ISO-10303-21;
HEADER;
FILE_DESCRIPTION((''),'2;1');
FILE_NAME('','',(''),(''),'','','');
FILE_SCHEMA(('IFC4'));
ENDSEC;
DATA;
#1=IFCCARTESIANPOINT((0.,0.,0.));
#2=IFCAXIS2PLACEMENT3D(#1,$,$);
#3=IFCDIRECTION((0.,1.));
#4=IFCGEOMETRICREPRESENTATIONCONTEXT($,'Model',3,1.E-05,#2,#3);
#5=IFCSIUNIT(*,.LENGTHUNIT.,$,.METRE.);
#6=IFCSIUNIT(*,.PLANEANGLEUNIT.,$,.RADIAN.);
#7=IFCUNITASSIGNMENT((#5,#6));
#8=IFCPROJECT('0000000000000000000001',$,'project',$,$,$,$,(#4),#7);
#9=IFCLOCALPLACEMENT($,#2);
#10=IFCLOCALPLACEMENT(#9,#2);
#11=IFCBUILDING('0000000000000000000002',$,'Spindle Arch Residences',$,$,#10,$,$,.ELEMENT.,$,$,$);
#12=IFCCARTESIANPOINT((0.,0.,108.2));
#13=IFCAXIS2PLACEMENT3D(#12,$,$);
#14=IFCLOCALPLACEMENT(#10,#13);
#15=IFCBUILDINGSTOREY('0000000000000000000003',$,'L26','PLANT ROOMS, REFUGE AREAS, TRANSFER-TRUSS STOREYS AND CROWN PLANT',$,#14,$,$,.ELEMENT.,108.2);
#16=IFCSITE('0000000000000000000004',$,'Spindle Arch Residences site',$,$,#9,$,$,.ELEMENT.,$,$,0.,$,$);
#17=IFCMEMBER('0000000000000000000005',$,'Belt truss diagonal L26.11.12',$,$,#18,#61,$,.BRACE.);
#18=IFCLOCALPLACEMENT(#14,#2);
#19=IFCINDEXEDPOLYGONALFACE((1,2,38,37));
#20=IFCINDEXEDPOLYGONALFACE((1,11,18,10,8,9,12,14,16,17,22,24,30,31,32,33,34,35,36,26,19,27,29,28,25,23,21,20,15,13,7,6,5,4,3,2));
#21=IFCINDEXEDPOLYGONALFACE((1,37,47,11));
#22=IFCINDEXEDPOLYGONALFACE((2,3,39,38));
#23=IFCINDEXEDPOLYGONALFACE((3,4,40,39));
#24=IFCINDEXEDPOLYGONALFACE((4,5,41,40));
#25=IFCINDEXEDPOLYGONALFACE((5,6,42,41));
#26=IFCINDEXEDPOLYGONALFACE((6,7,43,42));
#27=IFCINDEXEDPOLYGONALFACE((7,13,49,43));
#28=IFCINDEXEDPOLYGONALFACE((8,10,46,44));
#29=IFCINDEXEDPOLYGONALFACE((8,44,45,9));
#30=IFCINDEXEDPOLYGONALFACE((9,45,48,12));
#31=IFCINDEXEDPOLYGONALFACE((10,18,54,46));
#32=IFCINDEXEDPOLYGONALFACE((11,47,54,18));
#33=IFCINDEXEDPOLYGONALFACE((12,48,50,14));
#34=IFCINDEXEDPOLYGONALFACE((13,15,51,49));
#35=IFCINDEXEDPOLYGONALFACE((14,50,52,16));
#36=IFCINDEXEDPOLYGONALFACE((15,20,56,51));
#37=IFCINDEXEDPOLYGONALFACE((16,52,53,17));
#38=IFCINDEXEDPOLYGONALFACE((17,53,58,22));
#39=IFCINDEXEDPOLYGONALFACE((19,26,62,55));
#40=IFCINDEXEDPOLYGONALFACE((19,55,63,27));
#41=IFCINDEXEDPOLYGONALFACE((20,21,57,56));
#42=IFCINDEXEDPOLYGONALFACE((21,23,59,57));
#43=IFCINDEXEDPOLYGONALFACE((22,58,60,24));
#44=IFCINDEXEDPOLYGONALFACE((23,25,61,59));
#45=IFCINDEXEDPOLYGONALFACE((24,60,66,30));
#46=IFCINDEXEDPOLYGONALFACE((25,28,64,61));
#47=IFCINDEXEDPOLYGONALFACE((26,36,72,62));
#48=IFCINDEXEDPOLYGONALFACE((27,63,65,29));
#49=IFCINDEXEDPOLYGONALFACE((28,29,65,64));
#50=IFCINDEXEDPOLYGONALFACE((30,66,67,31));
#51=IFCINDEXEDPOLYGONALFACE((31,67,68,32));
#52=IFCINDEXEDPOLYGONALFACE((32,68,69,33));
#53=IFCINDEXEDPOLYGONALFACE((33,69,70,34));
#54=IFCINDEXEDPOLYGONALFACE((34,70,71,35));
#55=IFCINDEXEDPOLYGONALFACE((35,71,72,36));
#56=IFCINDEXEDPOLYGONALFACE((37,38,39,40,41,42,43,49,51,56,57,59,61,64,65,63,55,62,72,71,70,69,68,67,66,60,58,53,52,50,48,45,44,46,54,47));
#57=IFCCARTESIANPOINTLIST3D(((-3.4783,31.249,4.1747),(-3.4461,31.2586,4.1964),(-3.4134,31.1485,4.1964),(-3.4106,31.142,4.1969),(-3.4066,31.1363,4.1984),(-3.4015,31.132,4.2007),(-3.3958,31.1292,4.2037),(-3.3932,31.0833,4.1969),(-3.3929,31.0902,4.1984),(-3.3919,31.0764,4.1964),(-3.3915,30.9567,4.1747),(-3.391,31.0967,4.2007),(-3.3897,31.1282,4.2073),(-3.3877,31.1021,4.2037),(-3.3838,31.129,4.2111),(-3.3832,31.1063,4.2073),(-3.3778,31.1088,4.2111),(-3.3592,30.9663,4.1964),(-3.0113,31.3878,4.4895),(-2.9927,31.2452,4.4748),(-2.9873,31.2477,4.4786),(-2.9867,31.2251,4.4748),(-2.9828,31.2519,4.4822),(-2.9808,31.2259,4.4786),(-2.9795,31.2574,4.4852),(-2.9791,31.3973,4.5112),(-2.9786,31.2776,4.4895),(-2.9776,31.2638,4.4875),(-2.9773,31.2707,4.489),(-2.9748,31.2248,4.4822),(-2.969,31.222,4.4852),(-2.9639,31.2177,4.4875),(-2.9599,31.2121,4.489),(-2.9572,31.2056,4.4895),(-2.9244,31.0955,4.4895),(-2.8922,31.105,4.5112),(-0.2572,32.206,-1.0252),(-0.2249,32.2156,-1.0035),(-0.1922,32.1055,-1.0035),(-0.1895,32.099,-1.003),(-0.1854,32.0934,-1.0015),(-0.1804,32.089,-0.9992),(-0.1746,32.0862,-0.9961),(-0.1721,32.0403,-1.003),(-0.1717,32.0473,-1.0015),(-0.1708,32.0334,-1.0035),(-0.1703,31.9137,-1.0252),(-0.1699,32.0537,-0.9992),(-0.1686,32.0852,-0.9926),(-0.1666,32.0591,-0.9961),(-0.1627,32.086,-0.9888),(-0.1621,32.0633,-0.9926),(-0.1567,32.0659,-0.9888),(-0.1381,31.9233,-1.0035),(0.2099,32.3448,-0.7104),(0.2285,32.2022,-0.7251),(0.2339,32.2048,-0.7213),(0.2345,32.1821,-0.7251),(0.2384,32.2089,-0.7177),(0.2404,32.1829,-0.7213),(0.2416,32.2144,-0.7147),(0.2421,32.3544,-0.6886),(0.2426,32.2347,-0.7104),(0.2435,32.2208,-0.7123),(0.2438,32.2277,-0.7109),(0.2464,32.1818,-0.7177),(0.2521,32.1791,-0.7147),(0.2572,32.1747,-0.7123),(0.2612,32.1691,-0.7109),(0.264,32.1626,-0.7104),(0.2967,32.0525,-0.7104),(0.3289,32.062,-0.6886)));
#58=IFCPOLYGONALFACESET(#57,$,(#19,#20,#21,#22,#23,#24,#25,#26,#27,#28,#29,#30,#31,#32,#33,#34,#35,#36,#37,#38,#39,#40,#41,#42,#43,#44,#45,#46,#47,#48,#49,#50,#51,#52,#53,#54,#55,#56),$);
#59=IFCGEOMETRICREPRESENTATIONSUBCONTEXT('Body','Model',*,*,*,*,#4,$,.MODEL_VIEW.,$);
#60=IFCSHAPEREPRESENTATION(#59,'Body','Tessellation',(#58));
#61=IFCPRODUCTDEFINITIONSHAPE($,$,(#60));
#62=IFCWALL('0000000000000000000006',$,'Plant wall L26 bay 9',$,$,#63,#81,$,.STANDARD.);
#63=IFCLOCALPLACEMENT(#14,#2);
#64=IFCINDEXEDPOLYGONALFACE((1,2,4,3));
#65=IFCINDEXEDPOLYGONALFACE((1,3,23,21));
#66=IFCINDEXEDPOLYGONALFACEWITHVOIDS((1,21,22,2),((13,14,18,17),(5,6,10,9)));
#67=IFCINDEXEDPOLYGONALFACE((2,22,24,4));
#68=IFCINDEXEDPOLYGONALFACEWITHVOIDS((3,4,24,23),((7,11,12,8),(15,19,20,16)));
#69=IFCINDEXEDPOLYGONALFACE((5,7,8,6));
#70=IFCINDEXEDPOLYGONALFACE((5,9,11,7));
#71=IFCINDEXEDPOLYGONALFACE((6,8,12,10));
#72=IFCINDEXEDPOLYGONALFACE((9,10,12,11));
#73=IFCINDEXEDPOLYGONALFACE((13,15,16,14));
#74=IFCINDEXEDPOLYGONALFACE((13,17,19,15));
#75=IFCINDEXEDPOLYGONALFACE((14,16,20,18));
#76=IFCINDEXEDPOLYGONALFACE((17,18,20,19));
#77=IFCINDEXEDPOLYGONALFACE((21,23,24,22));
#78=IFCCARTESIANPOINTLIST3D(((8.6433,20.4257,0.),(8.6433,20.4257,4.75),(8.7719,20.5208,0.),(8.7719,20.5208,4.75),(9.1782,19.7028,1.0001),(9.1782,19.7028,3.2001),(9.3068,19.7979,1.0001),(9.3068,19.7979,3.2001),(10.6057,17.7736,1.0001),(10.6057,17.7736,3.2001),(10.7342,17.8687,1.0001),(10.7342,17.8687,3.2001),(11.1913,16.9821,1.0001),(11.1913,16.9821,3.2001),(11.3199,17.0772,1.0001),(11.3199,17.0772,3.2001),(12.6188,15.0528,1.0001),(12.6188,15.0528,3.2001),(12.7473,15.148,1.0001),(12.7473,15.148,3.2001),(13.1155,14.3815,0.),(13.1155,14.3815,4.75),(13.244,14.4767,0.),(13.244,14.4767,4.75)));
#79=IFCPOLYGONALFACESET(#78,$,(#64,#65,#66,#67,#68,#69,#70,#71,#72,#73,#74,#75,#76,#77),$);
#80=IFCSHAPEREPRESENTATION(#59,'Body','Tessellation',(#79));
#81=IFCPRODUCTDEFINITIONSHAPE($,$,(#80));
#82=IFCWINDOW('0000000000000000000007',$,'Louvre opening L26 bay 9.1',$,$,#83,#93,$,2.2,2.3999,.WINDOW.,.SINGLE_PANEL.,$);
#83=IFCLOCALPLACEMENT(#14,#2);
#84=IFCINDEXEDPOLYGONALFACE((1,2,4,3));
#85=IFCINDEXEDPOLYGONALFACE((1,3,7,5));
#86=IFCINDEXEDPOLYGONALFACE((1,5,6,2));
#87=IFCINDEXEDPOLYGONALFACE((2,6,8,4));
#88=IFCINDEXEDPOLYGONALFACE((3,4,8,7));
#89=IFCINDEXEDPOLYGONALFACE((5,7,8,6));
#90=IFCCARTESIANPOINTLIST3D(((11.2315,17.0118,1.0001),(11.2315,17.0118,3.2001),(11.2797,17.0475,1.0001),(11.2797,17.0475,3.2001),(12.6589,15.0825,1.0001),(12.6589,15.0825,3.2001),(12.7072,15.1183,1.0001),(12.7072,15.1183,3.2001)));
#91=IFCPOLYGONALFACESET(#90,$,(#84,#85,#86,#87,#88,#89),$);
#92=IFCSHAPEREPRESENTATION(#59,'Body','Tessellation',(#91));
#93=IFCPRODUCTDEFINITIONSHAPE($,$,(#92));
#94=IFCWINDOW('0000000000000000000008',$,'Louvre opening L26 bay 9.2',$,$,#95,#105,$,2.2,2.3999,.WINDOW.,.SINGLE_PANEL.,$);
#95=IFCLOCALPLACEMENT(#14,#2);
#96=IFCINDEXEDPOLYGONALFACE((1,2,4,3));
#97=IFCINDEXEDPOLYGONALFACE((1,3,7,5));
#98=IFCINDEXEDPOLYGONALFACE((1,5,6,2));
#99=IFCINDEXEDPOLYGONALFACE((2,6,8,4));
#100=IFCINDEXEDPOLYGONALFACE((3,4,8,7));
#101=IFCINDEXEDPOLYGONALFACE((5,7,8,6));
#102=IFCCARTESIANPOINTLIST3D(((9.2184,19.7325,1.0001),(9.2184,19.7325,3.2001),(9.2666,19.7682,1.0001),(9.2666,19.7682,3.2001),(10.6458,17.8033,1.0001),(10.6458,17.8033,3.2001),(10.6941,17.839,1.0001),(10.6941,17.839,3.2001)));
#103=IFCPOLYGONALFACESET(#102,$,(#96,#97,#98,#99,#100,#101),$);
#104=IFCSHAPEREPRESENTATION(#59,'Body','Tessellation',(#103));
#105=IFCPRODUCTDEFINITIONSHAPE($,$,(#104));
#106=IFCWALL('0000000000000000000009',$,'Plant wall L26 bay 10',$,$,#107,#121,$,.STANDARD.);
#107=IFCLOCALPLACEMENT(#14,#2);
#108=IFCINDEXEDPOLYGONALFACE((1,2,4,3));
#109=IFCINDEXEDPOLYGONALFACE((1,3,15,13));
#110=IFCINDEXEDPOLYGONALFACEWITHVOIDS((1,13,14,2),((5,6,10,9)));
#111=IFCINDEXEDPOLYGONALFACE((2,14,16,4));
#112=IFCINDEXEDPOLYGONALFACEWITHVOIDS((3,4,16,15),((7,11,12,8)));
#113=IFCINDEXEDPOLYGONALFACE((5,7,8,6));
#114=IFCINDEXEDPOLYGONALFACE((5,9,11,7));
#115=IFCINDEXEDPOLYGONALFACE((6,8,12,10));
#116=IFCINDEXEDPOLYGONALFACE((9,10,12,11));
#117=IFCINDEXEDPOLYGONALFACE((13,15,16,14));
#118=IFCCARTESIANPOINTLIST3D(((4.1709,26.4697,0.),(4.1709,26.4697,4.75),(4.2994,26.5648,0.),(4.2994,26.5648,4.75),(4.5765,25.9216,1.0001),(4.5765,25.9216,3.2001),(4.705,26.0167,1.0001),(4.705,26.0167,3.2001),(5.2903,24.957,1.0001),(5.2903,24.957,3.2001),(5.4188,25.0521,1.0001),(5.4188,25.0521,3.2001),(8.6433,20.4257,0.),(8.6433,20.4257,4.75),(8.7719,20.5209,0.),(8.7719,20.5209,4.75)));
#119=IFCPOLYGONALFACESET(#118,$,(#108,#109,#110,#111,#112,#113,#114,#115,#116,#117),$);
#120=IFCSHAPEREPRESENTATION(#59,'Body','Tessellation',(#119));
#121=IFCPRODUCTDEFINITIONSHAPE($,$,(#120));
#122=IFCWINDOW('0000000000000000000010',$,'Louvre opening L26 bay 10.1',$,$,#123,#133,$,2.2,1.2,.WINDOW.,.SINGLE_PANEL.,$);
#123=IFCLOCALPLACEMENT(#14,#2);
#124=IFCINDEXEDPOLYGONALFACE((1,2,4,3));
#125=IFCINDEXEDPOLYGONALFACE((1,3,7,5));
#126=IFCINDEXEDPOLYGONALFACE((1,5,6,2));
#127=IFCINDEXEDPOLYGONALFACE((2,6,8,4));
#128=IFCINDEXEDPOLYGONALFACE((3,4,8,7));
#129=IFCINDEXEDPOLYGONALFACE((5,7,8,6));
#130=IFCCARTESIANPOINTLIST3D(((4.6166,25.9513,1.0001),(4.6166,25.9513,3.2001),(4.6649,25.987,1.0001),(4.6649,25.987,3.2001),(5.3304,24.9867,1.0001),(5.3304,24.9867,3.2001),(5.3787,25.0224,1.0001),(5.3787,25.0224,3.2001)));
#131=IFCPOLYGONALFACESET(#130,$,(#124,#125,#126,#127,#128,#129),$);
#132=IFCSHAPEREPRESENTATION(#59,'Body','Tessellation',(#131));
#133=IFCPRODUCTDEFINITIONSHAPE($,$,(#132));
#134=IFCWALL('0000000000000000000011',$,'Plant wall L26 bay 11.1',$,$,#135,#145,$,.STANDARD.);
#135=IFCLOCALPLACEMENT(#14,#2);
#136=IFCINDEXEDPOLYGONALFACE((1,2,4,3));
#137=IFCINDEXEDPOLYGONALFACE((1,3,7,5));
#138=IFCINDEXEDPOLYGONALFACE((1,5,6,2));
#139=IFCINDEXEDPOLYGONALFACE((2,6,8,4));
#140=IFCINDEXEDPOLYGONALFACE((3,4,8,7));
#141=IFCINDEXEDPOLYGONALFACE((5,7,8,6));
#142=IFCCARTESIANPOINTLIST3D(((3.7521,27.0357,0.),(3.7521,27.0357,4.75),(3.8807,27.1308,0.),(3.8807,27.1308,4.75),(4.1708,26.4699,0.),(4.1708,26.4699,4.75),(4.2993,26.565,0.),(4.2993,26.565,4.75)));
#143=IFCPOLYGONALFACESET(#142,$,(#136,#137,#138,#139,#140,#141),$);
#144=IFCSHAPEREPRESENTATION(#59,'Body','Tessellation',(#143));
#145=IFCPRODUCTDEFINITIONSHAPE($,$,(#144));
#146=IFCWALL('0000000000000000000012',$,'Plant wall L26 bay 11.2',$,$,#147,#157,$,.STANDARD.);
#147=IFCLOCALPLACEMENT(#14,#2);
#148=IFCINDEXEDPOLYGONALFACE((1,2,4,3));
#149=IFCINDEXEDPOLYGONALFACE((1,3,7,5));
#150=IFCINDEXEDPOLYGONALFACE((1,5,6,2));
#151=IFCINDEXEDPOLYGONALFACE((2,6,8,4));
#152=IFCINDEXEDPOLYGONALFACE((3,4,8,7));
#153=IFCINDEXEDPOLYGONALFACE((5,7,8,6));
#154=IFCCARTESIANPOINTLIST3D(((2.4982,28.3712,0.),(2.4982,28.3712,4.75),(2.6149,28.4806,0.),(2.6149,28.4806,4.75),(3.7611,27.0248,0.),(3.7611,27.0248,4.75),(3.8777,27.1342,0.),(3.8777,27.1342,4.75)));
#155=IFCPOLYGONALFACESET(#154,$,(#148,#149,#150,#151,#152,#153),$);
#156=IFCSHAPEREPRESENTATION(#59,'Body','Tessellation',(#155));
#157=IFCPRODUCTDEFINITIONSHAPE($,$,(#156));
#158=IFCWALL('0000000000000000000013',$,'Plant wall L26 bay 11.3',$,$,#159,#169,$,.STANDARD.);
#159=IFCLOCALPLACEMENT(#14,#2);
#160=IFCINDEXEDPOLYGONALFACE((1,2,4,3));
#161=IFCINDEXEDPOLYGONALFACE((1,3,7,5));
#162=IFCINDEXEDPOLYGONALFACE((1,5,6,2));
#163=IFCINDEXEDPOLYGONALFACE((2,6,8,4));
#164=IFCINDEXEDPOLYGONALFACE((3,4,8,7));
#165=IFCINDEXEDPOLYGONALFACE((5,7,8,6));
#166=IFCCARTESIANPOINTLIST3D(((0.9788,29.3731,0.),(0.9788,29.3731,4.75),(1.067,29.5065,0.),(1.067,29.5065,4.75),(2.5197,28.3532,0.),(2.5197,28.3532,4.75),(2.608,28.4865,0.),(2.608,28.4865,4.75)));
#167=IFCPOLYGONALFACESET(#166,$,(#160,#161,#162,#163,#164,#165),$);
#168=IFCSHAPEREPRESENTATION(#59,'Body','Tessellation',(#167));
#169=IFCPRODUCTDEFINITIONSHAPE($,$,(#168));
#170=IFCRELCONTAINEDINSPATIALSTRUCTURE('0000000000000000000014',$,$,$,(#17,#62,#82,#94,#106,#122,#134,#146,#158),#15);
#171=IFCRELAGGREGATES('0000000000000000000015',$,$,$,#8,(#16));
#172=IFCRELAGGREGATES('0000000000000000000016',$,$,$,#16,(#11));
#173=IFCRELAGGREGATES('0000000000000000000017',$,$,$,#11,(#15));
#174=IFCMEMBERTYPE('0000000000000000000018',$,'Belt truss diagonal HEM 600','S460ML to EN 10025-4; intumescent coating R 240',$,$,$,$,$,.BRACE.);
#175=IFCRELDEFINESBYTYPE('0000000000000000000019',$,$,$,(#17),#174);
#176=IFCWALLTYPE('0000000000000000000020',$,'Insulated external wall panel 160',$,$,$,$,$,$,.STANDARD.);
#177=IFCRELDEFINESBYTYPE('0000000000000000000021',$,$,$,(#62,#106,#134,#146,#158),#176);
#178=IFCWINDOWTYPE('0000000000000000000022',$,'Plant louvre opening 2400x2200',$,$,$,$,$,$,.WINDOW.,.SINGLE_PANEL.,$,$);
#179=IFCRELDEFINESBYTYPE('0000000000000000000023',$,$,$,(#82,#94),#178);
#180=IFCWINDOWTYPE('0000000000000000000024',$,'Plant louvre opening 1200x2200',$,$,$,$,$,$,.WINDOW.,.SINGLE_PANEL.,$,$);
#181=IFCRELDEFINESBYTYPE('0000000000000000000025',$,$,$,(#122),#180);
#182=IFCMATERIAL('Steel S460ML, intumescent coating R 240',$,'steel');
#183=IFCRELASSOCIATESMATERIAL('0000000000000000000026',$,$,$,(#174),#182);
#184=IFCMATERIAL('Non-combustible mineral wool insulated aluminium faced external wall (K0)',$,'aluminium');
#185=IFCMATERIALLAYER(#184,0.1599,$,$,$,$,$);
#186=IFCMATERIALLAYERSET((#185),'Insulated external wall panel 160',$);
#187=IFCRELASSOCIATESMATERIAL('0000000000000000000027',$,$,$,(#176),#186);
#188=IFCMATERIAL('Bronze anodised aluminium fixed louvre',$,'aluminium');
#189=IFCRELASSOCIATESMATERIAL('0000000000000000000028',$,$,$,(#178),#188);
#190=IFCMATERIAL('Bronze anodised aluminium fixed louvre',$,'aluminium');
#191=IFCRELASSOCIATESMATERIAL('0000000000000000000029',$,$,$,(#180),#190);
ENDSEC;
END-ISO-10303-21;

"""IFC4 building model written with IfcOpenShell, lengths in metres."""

from ifc_helpers import new_model, si_unit, direction, frame, frame_2d, origin, origin_2d, place, context, subcontext, project, spatial, rectangle, i_section, extrude, material, layer, layer_set, material_profile, profile_set, type_object, element, fill, save


model = new_model("IFC4")

# Units and contexts
model_context = context("Model", 3, precision=1e-05, world=origin(), true_north=direction((0.0, 1.0)))
body_context = subcontext(model_context, "Body", "Model", "MODEL_VIEW")
ifc_project = project(units=[si_unit("LENGTHUNIT", "METRE"), si_unit("PLANEANGLEUNIT", "RADIAN")], contexts=[model_context])

# Site, building, storey
site_placement = place(None, origin())
site = spatial("IfcSite", under=ifc_project, at=site_placement, Name="Spindle Arch Residences site", CompositionType="ELEMENT", RefElevation=0.0)
building_placement = place(site_placement, origin())
building = spatial("IfcBuilding", under=site, at=building_placement, Name="Spindle Arch Residences", CompositionType="ELEMENT")
storey_placement = place(building_placement, frame((0.0, 0.0, 108.2)))
storey = spatial("IfcBuildingStorey", under=building, at=storey_placement, Name="L26", Description="PLANT ROOMS, REFUGE AREAS, TRANSFER-TRUSS STOREYS AND CROWN PLANT", CompositionType="ELEMENT", Elevation=108.2)

# Member
ifc_material_1 = material(Name="Steel S460ML, intumescent coating R 240", Category="steel")
ifc_material_profile_1 = material_profile(ifc_material_1, i_section(OverallWidth=0.3049, OverallDepth=0.6201, WebThickness=0.021, FlangeThickness=0.04, FilletRadius=0.0271, at=origin_2d()), Name="HEM 600")
ifc_profile_set_1 = profile_set([ifc_material_profile_1], Name="Steel S460ML, intumescent coating R 240")
member_type_1 = type_object("IfcMemberType", Name="Belt truss diagonal HEM 600", Description="S460ML to EN 10025-4; intumescent coating R 240", PredefinedType="BRACE", material=ifc_profile_set_1)
member_1_placement = place(storey_placement, frame((0.0359, 32.134, -0.8569), z_axis=(-0.520282, -0.154578, 0.839888), x_axis=(0.284801, -0.958587, 0.0)))
element("IfcMember", 1, at=member_1_placement, inside=storey, type_object=member_type_1, Name="Belt truss diagonal L26.11.12", PredefinedType="BRACE", context=body_context, shape_type="SweptSolid", body=[
    extrude(i_section(OverallWidth=0.3049, OverallDepth=0.6201, WebThickness=0.021, FlangeThickness=0.04, FilletRadius=0.0271, at=origin_2d()), origin(), (0.0, 0.0, 1.0), 6.1912),
])

# Wall, openings, windows
ifc_material_2 = material(Name="Non-combustible mineral wool insulated aluminium faced external wall (K0)", Category="aluminium")
ifc_layer_1 = layer(ifc_material_2, 0.1599)
ifc_layer_set_1 = layer_set([ifc_layer_1], Name="Insulated external wall panel 160")
wall_type_1 = type_object("IfcWallType", Name="Insulated external wall panel 160", PredefinedType="STANDARD", material=ifc_layer_set_1)
wall_1_placement = place(storey_placement, frame((13.1797, 14.4292, 0.0), z_axis=(0.0, 0.0, 1.0), x_axis=(-0.594797, 0.803876, 0.0)))
wall_1 = element("IfcWall", 2, at=wall_1_placement, inside=storey, type_object=wall_type_1, Name="Plant wall L26 bay 9", PredefinedType="STANDARD", context=body_context, shape_type="SweptSolid", body=[
    extrude(rectangle(XDim=7.5188, YDim=0.1599, at=frame_2d((3.7593, 0.0))), origin(), (0.0, 0.0, 1.0), 4.75),
])
opening_1_placement = place(wall_1_placement, frame((0.835, 0.0, 1.0)))
opening_1 = element("IfcOpeningElement", 3, at=opening_1_placement, cuts=wall_1, PredefinedType="OPENING", context=body_context, shape_type="SweptSolid", body=[
    extrude(rectangle(XDim=2.3999, YDim=2.2, at=frame_2d((1.2, 1.1001))), frame((0.0, 0.0898, 0.0), z_axis=(0.0, -1.0, 0.0), x_axis=(1.0, 0.0, 0.0)), (0.0, 0.0, 1.0), 0.1799),
])
opening_2_placement = place(wall_1_placement, frame((4.2195, 0.0, 1.0)))
opening_2 = element("IfcOpeningElement", 4, at=opening_2_placement, cuts=wall_1, PredefinedType="OPENING", context=body_context, shape_type="SweptSolid", body=[
    extrude(rectangle(XDim=2.3999, YDim=2.2, at=frame_2d((1.2, 1.1001))), frame((0.0, 0.0898, 0.0), z_axis=(0.0, -1.0, 0.0), x_axis=(1.0, 0.0, 0.0)), (0.0, 0.0, 1.0), 0.1799),
])
ifc_material_3 = material(Name="Bronze anodised aluminium fixed louvre", Category="aluminium")
window_type_1 = type_object("IfcWindowType", Name="Plant louvre opening 2400x2200", PartitioningType="SINGLE_PANEL", PredefinedType="WINDOW", material=ifc_material_3)
window_1_placement = place(opening_1_placement, origin())
window_1 = element("IfcWindow", 5, at=window_1_placement, inside=storey, type_object=window_type_1, Name="Louvre opening L26 bay 9.1", OverallHeight=2.2, OverallWidth=2.3999, PartitioningType="SINGLE_PANEL", PredefinedType="WINDOW", context=body_context, shape_type="SweptSolid", body=[
    extrude(rectangle(XDim=2.3999, YDim=2.2, at=frame_2d((1.2, 1.1001))), frame((0.0, 0.03, 0.0), z_axis=(0.0, -1.0, 0.0), x_axis=(1.0, 0.0, 0.0)), (0.0, 0.0, 1.0), 0.0601),
])
fill(opening_1, window_1)
window_2_placement = place(opening_2_placement, origin())
window_2 = element("IfcWindow", 6, at=window_2_placement, inside=storey, type_object=window_type_1, Name="Louvre opening L26 bay 9.2", OverallHeight=2.2, OverallWidth=2.3999, PartitioningType="SINGLE_PANEL", PredefinedType="WINDOW", context=body_context, shape_type="SweptSolid", body=[
    extrude(rectangle(XDim=2.3999, YDim=2.2, at=frame_2d((1.2, 1.1001))), frame((0.0, 0.03, 0.0), z_axis=(0.0, -1.0, 0.0), x_axis=(1.0, 0.0, 0.0)), (0.0, 0.0, 1.0), 0.0601),
])
fill(opening_2, window_2)

# Wall, opening, window
wall_2_placement = place(storey_placement, frame((8.7075, 20.4734, 0.0), z_axis=(0.0, 0.0, 1.0), x_axis=(-0.594834, 0.803849, 0.0)))
wall_2 = element("IfcWall", 7, at=wall_2_placement, inside=storey, type_object=wall_type_1, Name="Plant wall L26 bay 10", PredefinedType="STANDARD", context=body_context, shape_type="SweptSolid", body=[
    extrude(rectangle(XDim=7.5188, YDim=0.1599, at=frame_2d((3.7593, 0.0))), origin(), (0.0, 0.0, 1.0), 4.75),
])
opening_3_placement = place(wall_2_placement, frame((5.6367, 0.0, 1.0)))
opening_3 = element("IfcOpeningElement", 8, at=opening_3_placement, cuts=wall_2, PredefinedType="OPENING", context=body_context, shape_type="SweptSolid", body=[
    extrude(rectangle(XDim=1.2, YDim=2.2, at=frame_2d((0.6001, 1.1001))), frame((0.0, 0.0898, 0.0), z_axis=(0.0, -1.0, 0.0), x_axis=(1.0, 0.0, 0.0)), (0.0, 0.0, 1.0), 0.1799),
])
ifc_material_4 = material(Name="Bronze anodised aluminium fixed louvre", Category="aluminium")
window_type_2 = type_object("IfcWindowType", Name="Plant louvre opening 1200x2200", PartitioningType="SINGLE_PANEL", PredefinedType="WINDOW", material=ifc_material_4)
window_3_placement = place(opening_3_placement, origin())
window_3 = element("IfcWindow", 9, at=window_3_placement, inside=storey, type_object=window_type_2, Name="Louvre opening L26 bay 10.1", OverallHeight=2.2, OverallWidth=1.2, PartitioningType="SINGLE_PANEL", PredefinedType="WINDOW", context=body_context, shape_type="SweptSolid", body=[
    extrude(rectangle(XDim=1.2, YDim=2.2, at=frame_2d((0.6001, 1.1001))), frame((0.0, 0.03, 0.0), z_axis=(0.0, -1.0, 0.0), x_axis=(1.0, 0.0, 0.0)), (0.0, 0.0, 1.0), 0.0601),
])
fill(opening_3, window_3)

# Walls
wall_3_placement = place(storey_placement, frame((4.2351, 26.5173, 0.0), z_axis=(0.0, 0.0, 1.0), x_axis=(-0.594771, 0.803895, 0.0)))
element("IfcWall", 10, at=wall_3_placement, inside=storey, type_object=wall_type_1, Name="Plant wall L26 bay 11.1", PredefinedType="STANDARD", context=body_context, shape_type="SweptSolid", body=[
    extrude(rectangle(XDim=0.7039, YDim=0.1599, at=frame_2d((0.3521, 0.0))), origin(), (0.0, 0.0, 1.0), 4.75),
])
wall_4_placement = place(storey_placement, frame((3.8193, 27.0796, 0.0), z_axis=(0.0, 0.0, 1.0), x_axis=(-0.68413, 0.72936, 0.0)))
element("IfcWall", 11, at=wall_4_placement, inside=storey, type_object=wall_type_1, Name="Plant wall L26 bay 11.2", PredefinedType="STANDARD", context=body_context, shape_type="SweptSolid", body=[
    extrude(rectangle(XDim=1.8459, YDim=0.1599, at=frame_2d((0.9229, 0.0))), origin(), (0.0, 0.0, 1.0), 4.75),
])
wall_5_placement = place(storey_placement, frame((2.5637, 28.4199, 0.0), z_axis=(0.0, 0.0, 1.0), x_axis=(-0.833875, 0.551953, 0.0)))
element("IfcWall", 12, at=wall_5_placement, inside=storey, type_object=wall_type_1, Name="Plant wall L26 bay 11.3", PredefinedType="STANDARD", context=body_context, shape_type="SweptSolid", body=[
    extrude(rectangle(XDim=1.8479, YDim=0.1599, at=frame_2d((0.9238, 0.0))), origin(), (0.0, 0.0, 1.0), 4.75),
])

save(model, "model.ifc")
